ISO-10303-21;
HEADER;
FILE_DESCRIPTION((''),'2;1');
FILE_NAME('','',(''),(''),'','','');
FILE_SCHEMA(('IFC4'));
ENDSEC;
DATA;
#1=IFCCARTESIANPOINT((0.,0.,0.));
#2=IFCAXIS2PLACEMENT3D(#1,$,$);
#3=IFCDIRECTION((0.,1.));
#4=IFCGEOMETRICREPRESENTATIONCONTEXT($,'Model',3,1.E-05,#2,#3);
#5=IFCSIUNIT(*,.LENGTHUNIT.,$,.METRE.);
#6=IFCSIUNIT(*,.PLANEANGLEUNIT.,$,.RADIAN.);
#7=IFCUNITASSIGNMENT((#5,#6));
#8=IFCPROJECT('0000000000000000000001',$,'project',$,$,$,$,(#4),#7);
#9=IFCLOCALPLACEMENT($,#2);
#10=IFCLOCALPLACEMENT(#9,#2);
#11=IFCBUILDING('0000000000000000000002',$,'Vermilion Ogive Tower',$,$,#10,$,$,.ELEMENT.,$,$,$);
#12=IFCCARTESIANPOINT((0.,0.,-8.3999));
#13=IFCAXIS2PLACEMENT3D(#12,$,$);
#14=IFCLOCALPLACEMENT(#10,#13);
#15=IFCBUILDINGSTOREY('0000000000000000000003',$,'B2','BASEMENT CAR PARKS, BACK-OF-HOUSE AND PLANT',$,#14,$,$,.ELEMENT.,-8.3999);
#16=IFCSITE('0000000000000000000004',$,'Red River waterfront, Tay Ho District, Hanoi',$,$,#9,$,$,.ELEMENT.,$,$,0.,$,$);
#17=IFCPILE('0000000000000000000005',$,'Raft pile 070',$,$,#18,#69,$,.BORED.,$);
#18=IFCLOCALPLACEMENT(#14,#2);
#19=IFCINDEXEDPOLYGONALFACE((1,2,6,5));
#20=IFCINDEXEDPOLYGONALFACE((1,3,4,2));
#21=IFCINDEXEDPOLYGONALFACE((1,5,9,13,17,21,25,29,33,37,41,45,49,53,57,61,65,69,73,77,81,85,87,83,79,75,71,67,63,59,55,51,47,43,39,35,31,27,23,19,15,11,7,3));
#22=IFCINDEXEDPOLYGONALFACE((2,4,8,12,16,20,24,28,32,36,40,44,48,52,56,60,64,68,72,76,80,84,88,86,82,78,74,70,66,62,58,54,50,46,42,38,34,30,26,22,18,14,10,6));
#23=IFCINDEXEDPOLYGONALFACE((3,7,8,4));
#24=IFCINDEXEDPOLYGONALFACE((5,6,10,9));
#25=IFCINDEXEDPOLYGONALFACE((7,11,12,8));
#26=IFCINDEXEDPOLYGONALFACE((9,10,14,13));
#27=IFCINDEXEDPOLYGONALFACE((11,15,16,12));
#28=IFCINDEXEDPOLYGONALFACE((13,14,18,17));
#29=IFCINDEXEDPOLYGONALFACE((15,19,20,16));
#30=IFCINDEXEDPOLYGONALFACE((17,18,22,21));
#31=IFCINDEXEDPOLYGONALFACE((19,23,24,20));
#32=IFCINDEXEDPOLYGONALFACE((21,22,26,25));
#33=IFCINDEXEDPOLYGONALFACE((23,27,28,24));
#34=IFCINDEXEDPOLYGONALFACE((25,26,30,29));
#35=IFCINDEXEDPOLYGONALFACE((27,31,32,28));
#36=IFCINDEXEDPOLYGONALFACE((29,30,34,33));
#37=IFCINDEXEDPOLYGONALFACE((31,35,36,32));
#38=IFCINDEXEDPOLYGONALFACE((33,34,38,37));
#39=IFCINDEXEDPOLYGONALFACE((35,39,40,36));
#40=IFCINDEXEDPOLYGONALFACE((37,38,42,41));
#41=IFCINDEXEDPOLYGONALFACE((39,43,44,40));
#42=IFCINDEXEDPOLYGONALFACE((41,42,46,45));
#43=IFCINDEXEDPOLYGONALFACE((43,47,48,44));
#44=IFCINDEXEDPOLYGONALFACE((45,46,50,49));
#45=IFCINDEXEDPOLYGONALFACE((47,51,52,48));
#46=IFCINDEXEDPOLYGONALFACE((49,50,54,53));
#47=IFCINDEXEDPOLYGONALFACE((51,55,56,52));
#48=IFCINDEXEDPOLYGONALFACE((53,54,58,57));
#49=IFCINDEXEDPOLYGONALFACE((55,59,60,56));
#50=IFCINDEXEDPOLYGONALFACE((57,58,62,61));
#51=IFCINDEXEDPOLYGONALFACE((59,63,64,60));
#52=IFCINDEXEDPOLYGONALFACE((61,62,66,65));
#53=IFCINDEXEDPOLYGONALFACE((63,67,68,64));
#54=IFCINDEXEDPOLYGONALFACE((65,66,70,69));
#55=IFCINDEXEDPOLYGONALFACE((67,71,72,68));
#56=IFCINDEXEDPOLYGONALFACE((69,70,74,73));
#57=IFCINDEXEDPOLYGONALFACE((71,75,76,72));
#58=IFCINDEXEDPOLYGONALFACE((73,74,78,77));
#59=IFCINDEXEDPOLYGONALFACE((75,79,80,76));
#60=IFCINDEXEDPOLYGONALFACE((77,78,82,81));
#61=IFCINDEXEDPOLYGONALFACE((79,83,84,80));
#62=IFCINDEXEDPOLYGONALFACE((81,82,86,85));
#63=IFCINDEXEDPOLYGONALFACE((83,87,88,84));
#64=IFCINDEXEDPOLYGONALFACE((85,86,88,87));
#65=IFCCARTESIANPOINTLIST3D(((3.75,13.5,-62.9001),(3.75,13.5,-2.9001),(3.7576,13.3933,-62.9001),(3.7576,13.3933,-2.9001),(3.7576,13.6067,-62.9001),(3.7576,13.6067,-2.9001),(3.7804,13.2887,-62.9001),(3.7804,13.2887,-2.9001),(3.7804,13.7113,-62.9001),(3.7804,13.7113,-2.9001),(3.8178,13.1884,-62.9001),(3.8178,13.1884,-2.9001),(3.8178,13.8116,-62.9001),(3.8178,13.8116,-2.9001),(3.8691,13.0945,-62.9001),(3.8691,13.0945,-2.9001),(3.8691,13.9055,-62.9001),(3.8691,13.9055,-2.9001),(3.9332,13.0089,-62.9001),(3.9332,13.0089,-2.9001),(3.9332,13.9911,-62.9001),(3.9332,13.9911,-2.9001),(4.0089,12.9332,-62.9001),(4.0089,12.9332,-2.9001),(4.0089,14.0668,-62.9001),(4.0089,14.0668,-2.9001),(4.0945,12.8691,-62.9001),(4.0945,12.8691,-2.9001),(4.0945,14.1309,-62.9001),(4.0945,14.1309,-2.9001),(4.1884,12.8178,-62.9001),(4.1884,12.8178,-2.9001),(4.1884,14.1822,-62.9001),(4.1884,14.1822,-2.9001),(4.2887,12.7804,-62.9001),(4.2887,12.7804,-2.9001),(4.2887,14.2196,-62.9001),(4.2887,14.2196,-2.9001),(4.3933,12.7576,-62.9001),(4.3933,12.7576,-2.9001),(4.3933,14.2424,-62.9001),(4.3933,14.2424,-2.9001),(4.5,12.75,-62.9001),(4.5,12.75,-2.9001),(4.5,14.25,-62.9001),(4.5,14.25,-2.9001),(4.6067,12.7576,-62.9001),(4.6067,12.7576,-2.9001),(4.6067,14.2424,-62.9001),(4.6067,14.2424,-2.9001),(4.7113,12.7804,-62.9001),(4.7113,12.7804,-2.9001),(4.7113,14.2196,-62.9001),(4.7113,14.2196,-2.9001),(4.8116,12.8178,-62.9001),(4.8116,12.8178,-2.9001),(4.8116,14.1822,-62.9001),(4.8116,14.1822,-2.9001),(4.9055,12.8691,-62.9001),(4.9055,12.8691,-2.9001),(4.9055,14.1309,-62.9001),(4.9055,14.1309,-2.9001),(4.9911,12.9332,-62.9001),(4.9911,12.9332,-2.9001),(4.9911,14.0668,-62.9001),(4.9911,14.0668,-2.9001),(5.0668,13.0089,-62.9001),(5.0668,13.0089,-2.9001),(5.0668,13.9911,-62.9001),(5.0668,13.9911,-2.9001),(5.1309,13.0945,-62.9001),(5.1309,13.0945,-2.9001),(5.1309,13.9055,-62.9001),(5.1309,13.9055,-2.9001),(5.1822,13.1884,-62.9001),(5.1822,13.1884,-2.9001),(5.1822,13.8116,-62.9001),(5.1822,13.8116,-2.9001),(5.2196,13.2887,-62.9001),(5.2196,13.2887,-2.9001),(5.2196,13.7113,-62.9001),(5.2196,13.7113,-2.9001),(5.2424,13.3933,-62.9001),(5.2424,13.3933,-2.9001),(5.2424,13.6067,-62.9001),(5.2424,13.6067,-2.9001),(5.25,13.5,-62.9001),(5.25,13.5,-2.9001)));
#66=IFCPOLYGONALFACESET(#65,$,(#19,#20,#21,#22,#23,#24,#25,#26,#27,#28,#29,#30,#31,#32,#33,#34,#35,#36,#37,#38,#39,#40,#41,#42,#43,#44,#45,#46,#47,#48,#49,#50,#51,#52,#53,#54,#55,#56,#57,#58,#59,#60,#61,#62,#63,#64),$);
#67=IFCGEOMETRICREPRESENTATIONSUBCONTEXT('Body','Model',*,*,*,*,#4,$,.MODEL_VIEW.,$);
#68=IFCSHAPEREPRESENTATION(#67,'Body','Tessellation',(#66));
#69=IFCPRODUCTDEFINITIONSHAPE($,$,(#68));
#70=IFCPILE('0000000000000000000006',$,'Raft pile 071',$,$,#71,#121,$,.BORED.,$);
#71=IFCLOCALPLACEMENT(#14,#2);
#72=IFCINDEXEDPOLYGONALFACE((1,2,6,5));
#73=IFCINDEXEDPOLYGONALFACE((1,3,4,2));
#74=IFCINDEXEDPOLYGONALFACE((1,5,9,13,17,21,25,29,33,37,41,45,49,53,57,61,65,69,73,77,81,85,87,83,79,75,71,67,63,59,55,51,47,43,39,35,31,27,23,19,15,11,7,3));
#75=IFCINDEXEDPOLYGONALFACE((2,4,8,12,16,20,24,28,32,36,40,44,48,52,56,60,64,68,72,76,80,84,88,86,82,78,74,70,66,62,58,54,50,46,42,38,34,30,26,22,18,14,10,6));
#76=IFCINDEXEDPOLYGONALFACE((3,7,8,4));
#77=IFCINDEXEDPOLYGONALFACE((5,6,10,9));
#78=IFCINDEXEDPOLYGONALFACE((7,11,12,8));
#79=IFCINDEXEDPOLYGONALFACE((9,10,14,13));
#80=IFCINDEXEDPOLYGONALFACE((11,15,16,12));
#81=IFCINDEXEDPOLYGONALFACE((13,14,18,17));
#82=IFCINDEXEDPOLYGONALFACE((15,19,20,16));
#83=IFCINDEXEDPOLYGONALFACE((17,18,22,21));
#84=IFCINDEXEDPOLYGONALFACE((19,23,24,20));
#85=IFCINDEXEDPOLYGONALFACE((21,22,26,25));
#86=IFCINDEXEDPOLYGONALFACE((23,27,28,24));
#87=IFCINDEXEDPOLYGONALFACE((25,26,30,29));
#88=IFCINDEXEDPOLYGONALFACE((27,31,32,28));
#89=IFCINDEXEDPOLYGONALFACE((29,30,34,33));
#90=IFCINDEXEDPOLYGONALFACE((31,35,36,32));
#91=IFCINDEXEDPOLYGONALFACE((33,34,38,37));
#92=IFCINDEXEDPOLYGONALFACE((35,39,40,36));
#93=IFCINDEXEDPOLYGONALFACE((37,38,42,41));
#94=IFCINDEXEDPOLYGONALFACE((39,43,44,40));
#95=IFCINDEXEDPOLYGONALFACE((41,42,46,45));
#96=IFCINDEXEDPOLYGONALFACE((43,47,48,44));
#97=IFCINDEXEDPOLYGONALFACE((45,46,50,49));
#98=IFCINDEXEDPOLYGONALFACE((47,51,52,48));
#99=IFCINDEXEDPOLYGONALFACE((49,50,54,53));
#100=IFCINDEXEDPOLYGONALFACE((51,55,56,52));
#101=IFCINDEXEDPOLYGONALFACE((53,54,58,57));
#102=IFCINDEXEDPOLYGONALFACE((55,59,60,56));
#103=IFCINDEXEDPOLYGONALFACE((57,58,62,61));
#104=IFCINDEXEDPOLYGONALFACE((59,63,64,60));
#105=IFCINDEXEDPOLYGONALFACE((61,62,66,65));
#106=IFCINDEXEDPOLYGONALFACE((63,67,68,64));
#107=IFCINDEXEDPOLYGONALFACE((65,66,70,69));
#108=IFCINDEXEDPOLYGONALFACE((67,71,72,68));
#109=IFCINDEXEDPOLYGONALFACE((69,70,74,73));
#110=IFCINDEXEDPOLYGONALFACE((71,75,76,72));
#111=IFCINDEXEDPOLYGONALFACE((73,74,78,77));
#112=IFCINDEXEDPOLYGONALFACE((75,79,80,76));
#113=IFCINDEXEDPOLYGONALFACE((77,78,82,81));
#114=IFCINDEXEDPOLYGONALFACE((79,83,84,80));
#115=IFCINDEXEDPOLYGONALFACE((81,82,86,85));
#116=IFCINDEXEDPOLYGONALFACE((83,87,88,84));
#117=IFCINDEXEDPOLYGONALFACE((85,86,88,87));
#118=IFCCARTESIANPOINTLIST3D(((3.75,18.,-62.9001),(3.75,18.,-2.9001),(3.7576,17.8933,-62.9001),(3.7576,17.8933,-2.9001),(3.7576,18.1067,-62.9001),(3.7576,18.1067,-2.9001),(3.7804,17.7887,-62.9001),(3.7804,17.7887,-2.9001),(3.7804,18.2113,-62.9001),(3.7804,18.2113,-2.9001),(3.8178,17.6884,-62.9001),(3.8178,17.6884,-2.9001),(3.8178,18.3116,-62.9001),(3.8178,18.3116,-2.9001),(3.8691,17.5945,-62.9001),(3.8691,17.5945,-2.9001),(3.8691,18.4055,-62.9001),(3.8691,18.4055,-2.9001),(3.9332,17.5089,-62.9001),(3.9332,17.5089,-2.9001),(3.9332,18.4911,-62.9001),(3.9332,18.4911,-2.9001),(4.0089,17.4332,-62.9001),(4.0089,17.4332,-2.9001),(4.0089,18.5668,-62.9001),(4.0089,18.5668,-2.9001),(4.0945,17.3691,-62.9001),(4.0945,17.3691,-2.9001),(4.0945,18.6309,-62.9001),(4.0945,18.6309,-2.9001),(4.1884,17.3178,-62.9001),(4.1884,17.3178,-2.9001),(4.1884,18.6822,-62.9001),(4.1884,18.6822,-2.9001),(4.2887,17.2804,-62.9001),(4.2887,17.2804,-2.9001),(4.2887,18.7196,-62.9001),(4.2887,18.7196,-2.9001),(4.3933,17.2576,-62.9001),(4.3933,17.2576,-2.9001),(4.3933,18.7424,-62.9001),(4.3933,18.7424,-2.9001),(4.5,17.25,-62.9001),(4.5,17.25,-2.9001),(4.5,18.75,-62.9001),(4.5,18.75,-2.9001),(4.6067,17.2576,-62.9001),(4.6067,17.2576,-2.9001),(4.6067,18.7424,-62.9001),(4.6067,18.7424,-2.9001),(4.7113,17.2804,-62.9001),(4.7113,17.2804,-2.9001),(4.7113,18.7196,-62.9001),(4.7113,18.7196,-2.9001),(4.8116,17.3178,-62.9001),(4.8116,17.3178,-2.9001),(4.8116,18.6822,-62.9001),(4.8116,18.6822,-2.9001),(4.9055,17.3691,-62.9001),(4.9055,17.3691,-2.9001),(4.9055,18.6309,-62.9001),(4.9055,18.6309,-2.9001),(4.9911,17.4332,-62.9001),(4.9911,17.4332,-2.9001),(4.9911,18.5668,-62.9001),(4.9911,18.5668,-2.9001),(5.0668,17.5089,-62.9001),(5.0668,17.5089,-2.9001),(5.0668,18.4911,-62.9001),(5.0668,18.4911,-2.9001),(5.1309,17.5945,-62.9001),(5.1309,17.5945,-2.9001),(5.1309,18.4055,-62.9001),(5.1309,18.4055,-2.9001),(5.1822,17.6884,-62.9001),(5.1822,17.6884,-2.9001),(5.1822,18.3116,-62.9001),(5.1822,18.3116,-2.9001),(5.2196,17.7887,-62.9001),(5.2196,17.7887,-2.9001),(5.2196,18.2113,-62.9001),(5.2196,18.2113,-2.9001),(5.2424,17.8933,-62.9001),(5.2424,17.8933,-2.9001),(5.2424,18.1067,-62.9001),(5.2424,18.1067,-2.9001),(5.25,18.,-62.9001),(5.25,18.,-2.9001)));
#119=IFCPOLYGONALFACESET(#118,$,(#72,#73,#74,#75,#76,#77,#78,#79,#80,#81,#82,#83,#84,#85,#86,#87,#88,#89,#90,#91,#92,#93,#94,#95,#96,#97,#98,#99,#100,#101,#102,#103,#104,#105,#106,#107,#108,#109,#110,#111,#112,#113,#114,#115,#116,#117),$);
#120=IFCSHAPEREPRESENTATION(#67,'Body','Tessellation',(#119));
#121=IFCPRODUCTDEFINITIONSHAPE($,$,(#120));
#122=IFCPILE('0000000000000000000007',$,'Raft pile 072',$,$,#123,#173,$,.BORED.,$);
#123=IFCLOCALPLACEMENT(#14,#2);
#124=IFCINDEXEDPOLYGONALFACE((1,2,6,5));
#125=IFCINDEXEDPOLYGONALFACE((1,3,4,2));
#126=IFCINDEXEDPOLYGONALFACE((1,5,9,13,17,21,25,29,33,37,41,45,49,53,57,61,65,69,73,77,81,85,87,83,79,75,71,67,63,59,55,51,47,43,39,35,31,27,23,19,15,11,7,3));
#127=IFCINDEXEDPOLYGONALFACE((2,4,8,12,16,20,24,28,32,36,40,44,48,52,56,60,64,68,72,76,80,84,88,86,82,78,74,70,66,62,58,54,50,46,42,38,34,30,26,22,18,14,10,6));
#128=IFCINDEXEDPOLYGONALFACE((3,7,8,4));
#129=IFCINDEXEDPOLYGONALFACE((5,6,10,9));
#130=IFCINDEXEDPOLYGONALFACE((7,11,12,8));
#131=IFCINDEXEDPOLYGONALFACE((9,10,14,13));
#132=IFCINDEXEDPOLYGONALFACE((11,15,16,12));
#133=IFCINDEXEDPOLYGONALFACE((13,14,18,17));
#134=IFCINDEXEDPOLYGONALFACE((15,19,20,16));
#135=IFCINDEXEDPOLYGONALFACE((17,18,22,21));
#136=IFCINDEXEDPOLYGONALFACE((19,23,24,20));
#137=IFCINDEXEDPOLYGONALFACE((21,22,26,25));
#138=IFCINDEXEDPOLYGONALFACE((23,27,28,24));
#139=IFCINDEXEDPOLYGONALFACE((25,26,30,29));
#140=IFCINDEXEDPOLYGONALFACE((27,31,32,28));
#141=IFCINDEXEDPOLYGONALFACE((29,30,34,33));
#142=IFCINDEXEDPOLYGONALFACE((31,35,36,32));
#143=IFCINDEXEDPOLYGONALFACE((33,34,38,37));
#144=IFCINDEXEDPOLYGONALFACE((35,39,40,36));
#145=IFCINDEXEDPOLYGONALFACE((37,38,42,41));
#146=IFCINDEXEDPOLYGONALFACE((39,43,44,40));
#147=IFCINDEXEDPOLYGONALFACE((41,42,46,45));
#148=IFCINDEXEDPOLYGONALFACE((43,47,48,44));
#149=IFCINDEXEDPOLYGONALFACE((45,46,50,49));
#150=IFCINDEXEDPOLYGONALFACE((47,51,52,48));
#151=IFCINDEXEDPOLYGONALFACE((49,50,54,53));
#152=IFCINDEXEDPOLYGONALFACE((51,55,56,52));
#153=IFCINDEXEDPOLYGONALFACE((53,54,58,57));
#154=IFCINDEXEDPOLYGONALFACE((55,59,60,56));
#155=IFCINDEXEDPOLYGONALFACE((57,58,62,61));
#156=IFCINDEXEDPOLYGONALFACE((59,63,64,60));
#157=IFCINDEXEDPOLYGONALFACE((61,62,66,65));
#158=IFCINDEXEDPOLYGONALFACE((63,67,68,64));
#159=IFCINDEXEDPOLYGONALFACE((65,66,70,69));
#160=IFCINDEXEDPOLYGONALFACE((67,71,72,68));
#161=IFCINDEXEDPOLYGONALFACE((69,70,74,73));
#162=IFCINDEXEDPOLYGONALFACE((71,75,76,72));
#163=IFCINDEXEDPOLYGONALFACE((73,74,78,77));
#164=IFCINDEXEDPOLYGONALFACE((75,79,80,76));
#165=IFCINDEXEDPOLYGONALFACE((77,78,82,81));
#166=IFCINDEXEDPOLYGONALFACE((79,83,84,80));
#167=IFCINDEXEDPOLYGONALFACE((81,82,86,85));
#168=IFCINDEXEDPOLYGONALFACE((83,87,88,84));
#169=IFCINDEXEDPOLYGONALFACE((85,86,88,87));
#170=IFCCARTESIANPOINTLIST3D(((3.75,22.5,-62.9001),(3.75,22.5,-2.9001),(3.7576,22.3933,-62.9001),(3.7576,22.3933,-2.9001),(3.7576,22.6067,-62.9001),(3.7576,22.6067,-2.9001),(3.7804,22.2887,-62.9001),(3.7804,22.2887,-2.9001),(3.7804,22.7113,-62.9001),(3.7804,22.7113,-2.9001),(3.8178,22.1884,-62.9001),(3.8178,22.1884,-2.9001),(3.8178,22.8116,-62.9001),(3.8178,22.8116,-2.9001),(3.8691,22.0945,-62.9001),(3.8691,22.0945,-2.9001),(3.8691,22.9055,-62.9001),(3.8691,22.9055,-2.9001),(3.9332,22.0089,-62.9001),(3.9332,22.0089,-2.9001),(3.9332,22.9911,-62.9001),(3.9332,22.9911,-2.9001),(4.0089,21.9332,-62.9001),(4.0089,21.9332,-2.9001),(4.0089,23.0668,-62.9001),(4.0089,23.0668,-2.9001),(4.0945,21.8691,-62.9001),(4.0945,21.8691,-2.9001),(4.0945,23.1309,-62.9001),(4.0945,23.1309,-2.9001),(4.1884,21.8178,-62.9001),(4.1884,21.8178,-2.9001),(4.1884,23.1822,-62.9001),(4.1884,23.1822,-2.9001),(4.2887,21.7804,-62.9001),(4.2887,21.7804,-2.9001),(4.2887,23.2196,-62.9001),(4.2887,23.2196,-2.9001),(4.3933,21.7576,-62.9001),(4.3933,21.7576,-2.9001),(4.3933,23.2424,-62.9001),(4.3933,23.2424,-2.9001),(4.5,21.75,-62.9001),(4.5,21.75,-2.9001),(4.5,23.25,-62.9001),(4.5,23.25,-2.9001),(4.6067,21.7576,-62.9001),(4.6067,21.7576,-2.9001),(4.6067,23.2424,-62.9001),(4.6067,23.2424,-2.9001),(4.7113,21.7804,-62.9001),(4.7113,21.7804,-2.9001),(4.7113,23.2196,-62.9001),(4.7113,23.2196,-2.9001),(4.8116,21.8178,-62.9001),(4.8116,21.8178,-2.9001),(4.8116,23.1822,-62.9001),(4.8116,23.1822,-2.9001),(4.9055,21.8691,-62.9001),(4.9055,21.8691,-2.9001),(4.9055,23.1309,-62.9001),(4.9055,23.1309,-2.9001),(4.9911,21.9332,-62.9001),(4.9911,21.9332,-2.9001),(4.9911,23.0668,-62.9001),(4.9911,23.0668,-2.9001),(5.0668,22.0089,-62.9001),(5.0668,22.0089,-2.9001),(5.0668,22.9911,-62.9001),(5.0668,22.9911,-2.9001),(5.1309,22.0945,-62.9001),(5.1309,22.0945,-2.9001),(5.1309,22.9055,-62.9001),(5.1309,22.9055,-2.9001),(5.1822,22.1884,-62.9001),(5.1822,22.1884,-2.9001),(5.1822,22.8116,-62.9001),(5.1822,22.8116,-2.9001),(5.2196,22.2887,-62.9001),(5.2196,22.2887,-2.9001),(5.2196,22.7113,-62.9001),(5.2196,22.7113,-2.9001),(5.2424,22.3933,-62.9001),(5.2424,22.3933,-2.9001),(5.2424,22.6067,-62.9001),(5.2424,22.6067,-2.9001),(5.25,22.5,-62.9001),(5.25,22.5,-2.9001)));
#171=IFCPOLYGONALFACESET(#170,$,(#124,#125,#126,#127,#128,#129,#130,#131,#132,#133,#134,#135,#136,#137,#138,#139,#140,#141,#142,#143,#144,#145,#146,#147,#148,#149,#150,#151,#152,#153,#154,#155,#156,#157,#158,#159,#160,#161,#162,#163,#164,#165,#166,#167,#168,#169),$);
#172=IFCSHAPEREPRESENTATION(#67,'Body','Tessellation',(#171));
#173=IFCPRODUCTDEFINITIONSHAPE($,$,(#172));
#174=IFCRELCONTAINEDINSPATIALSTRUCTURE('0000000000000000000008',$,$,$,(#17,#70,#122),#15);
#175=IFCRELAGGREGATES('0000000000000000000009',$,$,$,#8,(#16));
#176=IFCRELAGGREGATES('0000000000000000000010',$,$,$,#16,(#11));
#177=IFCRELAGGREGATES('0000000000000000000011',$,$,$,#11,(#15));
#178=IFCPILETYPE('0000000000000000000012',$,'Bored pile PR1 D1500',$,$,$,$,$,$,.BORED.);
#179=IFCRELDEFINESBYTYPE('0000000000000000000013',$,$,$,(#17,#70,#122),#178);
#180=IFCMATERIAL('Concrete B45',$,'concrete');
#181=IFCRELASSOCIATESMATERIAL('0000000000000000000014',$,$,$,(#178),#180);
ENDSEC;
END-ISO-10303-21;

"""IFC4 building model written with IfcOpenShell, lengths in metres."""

from ifc_helpers import new_model, si_unit, direction, frame, origin, origin_2d, place, context, subcontext, project, spatial, circle, extrude, material, type_object, element, save


model = new_model("IFC4")

# Units and contexts
model_context = context("Model", 3, precision=1e-05, world=origin(), true_north=direction((0.0, 1.0)))
body_context = subcontext(model_context, "Body", "Model", "MODEL_VIEW")
ifc_project = project(units=[si_unit("LENGTHUNIT", "METRE"), si_unit("PLANEANGLEUNIT", "RADIAN")], contexts=[model_context])

# Site, building, storey
site_placement = place(None, origin())
site = spatial("IfcSite", under=ifc_project, at=site_placement, Name="Red River waterfront, Tay Ho District, Hanoi", CompositionType="ELEMENT", RefElevation=0.0)
building_placement = place(site_placement, origin())
building = spatial("IfcBuilding", under=site, at=building_placement, Name="Vermilion Ogive Tower", CompositionType="ELEMENT")
storey_placement = place(building_placement, frame((0.0, 0.0, -8.3999)))
storey = spatial("IfcBuildingStorey", under=building, at=storey_placement, Name="B2", Description="BASEMENT CAR PARKS, BACK-OF-HOUSE AND PLANT", CompositionType="ELEMENT", Elevation=-8.3999)

# Piles
ifc_material_1 = material(Name="Concrete B45", Category="concrete")
pile_type = type_object("IfcPileType", Name="Bored pile PR1 D1500", PredefinedType="BORED", material=ifc_material_1)
for number, where, z_axis, x_axis, name in (
    (1, (4.5, 13.5, -2.9001), (0.0, 0.0, -1.0), (1.0, 0.0, 0.0), "Raft pile 070"),
    (2, (4.5, 18.0, -2.9001), (0.0, 0.0, -1.0), (1.0, 0.0, 0.0), "Raft pile 071"),
    (3, (4.5, 22.5, -2.9001), (0.0, 0.0, -1.0), (1.0, 0.0, 0.0), "Raft pile 072"),
):
    element("IfcPile", number, at=place(storey_placement, frame(where, z_axis=z_axis, x_axis=x_axis)), inside=storey, type_object=pile_type, Name=name, PredefinedType="BORED", context=body_context, shape_type="SweptSolid", body=[
        extrude(circle(Radius=0.75, at=origin_2d()), origin(), (0.0, 0.0, 1.0), 60.0),
    ])

save(model, "model.ifc")
